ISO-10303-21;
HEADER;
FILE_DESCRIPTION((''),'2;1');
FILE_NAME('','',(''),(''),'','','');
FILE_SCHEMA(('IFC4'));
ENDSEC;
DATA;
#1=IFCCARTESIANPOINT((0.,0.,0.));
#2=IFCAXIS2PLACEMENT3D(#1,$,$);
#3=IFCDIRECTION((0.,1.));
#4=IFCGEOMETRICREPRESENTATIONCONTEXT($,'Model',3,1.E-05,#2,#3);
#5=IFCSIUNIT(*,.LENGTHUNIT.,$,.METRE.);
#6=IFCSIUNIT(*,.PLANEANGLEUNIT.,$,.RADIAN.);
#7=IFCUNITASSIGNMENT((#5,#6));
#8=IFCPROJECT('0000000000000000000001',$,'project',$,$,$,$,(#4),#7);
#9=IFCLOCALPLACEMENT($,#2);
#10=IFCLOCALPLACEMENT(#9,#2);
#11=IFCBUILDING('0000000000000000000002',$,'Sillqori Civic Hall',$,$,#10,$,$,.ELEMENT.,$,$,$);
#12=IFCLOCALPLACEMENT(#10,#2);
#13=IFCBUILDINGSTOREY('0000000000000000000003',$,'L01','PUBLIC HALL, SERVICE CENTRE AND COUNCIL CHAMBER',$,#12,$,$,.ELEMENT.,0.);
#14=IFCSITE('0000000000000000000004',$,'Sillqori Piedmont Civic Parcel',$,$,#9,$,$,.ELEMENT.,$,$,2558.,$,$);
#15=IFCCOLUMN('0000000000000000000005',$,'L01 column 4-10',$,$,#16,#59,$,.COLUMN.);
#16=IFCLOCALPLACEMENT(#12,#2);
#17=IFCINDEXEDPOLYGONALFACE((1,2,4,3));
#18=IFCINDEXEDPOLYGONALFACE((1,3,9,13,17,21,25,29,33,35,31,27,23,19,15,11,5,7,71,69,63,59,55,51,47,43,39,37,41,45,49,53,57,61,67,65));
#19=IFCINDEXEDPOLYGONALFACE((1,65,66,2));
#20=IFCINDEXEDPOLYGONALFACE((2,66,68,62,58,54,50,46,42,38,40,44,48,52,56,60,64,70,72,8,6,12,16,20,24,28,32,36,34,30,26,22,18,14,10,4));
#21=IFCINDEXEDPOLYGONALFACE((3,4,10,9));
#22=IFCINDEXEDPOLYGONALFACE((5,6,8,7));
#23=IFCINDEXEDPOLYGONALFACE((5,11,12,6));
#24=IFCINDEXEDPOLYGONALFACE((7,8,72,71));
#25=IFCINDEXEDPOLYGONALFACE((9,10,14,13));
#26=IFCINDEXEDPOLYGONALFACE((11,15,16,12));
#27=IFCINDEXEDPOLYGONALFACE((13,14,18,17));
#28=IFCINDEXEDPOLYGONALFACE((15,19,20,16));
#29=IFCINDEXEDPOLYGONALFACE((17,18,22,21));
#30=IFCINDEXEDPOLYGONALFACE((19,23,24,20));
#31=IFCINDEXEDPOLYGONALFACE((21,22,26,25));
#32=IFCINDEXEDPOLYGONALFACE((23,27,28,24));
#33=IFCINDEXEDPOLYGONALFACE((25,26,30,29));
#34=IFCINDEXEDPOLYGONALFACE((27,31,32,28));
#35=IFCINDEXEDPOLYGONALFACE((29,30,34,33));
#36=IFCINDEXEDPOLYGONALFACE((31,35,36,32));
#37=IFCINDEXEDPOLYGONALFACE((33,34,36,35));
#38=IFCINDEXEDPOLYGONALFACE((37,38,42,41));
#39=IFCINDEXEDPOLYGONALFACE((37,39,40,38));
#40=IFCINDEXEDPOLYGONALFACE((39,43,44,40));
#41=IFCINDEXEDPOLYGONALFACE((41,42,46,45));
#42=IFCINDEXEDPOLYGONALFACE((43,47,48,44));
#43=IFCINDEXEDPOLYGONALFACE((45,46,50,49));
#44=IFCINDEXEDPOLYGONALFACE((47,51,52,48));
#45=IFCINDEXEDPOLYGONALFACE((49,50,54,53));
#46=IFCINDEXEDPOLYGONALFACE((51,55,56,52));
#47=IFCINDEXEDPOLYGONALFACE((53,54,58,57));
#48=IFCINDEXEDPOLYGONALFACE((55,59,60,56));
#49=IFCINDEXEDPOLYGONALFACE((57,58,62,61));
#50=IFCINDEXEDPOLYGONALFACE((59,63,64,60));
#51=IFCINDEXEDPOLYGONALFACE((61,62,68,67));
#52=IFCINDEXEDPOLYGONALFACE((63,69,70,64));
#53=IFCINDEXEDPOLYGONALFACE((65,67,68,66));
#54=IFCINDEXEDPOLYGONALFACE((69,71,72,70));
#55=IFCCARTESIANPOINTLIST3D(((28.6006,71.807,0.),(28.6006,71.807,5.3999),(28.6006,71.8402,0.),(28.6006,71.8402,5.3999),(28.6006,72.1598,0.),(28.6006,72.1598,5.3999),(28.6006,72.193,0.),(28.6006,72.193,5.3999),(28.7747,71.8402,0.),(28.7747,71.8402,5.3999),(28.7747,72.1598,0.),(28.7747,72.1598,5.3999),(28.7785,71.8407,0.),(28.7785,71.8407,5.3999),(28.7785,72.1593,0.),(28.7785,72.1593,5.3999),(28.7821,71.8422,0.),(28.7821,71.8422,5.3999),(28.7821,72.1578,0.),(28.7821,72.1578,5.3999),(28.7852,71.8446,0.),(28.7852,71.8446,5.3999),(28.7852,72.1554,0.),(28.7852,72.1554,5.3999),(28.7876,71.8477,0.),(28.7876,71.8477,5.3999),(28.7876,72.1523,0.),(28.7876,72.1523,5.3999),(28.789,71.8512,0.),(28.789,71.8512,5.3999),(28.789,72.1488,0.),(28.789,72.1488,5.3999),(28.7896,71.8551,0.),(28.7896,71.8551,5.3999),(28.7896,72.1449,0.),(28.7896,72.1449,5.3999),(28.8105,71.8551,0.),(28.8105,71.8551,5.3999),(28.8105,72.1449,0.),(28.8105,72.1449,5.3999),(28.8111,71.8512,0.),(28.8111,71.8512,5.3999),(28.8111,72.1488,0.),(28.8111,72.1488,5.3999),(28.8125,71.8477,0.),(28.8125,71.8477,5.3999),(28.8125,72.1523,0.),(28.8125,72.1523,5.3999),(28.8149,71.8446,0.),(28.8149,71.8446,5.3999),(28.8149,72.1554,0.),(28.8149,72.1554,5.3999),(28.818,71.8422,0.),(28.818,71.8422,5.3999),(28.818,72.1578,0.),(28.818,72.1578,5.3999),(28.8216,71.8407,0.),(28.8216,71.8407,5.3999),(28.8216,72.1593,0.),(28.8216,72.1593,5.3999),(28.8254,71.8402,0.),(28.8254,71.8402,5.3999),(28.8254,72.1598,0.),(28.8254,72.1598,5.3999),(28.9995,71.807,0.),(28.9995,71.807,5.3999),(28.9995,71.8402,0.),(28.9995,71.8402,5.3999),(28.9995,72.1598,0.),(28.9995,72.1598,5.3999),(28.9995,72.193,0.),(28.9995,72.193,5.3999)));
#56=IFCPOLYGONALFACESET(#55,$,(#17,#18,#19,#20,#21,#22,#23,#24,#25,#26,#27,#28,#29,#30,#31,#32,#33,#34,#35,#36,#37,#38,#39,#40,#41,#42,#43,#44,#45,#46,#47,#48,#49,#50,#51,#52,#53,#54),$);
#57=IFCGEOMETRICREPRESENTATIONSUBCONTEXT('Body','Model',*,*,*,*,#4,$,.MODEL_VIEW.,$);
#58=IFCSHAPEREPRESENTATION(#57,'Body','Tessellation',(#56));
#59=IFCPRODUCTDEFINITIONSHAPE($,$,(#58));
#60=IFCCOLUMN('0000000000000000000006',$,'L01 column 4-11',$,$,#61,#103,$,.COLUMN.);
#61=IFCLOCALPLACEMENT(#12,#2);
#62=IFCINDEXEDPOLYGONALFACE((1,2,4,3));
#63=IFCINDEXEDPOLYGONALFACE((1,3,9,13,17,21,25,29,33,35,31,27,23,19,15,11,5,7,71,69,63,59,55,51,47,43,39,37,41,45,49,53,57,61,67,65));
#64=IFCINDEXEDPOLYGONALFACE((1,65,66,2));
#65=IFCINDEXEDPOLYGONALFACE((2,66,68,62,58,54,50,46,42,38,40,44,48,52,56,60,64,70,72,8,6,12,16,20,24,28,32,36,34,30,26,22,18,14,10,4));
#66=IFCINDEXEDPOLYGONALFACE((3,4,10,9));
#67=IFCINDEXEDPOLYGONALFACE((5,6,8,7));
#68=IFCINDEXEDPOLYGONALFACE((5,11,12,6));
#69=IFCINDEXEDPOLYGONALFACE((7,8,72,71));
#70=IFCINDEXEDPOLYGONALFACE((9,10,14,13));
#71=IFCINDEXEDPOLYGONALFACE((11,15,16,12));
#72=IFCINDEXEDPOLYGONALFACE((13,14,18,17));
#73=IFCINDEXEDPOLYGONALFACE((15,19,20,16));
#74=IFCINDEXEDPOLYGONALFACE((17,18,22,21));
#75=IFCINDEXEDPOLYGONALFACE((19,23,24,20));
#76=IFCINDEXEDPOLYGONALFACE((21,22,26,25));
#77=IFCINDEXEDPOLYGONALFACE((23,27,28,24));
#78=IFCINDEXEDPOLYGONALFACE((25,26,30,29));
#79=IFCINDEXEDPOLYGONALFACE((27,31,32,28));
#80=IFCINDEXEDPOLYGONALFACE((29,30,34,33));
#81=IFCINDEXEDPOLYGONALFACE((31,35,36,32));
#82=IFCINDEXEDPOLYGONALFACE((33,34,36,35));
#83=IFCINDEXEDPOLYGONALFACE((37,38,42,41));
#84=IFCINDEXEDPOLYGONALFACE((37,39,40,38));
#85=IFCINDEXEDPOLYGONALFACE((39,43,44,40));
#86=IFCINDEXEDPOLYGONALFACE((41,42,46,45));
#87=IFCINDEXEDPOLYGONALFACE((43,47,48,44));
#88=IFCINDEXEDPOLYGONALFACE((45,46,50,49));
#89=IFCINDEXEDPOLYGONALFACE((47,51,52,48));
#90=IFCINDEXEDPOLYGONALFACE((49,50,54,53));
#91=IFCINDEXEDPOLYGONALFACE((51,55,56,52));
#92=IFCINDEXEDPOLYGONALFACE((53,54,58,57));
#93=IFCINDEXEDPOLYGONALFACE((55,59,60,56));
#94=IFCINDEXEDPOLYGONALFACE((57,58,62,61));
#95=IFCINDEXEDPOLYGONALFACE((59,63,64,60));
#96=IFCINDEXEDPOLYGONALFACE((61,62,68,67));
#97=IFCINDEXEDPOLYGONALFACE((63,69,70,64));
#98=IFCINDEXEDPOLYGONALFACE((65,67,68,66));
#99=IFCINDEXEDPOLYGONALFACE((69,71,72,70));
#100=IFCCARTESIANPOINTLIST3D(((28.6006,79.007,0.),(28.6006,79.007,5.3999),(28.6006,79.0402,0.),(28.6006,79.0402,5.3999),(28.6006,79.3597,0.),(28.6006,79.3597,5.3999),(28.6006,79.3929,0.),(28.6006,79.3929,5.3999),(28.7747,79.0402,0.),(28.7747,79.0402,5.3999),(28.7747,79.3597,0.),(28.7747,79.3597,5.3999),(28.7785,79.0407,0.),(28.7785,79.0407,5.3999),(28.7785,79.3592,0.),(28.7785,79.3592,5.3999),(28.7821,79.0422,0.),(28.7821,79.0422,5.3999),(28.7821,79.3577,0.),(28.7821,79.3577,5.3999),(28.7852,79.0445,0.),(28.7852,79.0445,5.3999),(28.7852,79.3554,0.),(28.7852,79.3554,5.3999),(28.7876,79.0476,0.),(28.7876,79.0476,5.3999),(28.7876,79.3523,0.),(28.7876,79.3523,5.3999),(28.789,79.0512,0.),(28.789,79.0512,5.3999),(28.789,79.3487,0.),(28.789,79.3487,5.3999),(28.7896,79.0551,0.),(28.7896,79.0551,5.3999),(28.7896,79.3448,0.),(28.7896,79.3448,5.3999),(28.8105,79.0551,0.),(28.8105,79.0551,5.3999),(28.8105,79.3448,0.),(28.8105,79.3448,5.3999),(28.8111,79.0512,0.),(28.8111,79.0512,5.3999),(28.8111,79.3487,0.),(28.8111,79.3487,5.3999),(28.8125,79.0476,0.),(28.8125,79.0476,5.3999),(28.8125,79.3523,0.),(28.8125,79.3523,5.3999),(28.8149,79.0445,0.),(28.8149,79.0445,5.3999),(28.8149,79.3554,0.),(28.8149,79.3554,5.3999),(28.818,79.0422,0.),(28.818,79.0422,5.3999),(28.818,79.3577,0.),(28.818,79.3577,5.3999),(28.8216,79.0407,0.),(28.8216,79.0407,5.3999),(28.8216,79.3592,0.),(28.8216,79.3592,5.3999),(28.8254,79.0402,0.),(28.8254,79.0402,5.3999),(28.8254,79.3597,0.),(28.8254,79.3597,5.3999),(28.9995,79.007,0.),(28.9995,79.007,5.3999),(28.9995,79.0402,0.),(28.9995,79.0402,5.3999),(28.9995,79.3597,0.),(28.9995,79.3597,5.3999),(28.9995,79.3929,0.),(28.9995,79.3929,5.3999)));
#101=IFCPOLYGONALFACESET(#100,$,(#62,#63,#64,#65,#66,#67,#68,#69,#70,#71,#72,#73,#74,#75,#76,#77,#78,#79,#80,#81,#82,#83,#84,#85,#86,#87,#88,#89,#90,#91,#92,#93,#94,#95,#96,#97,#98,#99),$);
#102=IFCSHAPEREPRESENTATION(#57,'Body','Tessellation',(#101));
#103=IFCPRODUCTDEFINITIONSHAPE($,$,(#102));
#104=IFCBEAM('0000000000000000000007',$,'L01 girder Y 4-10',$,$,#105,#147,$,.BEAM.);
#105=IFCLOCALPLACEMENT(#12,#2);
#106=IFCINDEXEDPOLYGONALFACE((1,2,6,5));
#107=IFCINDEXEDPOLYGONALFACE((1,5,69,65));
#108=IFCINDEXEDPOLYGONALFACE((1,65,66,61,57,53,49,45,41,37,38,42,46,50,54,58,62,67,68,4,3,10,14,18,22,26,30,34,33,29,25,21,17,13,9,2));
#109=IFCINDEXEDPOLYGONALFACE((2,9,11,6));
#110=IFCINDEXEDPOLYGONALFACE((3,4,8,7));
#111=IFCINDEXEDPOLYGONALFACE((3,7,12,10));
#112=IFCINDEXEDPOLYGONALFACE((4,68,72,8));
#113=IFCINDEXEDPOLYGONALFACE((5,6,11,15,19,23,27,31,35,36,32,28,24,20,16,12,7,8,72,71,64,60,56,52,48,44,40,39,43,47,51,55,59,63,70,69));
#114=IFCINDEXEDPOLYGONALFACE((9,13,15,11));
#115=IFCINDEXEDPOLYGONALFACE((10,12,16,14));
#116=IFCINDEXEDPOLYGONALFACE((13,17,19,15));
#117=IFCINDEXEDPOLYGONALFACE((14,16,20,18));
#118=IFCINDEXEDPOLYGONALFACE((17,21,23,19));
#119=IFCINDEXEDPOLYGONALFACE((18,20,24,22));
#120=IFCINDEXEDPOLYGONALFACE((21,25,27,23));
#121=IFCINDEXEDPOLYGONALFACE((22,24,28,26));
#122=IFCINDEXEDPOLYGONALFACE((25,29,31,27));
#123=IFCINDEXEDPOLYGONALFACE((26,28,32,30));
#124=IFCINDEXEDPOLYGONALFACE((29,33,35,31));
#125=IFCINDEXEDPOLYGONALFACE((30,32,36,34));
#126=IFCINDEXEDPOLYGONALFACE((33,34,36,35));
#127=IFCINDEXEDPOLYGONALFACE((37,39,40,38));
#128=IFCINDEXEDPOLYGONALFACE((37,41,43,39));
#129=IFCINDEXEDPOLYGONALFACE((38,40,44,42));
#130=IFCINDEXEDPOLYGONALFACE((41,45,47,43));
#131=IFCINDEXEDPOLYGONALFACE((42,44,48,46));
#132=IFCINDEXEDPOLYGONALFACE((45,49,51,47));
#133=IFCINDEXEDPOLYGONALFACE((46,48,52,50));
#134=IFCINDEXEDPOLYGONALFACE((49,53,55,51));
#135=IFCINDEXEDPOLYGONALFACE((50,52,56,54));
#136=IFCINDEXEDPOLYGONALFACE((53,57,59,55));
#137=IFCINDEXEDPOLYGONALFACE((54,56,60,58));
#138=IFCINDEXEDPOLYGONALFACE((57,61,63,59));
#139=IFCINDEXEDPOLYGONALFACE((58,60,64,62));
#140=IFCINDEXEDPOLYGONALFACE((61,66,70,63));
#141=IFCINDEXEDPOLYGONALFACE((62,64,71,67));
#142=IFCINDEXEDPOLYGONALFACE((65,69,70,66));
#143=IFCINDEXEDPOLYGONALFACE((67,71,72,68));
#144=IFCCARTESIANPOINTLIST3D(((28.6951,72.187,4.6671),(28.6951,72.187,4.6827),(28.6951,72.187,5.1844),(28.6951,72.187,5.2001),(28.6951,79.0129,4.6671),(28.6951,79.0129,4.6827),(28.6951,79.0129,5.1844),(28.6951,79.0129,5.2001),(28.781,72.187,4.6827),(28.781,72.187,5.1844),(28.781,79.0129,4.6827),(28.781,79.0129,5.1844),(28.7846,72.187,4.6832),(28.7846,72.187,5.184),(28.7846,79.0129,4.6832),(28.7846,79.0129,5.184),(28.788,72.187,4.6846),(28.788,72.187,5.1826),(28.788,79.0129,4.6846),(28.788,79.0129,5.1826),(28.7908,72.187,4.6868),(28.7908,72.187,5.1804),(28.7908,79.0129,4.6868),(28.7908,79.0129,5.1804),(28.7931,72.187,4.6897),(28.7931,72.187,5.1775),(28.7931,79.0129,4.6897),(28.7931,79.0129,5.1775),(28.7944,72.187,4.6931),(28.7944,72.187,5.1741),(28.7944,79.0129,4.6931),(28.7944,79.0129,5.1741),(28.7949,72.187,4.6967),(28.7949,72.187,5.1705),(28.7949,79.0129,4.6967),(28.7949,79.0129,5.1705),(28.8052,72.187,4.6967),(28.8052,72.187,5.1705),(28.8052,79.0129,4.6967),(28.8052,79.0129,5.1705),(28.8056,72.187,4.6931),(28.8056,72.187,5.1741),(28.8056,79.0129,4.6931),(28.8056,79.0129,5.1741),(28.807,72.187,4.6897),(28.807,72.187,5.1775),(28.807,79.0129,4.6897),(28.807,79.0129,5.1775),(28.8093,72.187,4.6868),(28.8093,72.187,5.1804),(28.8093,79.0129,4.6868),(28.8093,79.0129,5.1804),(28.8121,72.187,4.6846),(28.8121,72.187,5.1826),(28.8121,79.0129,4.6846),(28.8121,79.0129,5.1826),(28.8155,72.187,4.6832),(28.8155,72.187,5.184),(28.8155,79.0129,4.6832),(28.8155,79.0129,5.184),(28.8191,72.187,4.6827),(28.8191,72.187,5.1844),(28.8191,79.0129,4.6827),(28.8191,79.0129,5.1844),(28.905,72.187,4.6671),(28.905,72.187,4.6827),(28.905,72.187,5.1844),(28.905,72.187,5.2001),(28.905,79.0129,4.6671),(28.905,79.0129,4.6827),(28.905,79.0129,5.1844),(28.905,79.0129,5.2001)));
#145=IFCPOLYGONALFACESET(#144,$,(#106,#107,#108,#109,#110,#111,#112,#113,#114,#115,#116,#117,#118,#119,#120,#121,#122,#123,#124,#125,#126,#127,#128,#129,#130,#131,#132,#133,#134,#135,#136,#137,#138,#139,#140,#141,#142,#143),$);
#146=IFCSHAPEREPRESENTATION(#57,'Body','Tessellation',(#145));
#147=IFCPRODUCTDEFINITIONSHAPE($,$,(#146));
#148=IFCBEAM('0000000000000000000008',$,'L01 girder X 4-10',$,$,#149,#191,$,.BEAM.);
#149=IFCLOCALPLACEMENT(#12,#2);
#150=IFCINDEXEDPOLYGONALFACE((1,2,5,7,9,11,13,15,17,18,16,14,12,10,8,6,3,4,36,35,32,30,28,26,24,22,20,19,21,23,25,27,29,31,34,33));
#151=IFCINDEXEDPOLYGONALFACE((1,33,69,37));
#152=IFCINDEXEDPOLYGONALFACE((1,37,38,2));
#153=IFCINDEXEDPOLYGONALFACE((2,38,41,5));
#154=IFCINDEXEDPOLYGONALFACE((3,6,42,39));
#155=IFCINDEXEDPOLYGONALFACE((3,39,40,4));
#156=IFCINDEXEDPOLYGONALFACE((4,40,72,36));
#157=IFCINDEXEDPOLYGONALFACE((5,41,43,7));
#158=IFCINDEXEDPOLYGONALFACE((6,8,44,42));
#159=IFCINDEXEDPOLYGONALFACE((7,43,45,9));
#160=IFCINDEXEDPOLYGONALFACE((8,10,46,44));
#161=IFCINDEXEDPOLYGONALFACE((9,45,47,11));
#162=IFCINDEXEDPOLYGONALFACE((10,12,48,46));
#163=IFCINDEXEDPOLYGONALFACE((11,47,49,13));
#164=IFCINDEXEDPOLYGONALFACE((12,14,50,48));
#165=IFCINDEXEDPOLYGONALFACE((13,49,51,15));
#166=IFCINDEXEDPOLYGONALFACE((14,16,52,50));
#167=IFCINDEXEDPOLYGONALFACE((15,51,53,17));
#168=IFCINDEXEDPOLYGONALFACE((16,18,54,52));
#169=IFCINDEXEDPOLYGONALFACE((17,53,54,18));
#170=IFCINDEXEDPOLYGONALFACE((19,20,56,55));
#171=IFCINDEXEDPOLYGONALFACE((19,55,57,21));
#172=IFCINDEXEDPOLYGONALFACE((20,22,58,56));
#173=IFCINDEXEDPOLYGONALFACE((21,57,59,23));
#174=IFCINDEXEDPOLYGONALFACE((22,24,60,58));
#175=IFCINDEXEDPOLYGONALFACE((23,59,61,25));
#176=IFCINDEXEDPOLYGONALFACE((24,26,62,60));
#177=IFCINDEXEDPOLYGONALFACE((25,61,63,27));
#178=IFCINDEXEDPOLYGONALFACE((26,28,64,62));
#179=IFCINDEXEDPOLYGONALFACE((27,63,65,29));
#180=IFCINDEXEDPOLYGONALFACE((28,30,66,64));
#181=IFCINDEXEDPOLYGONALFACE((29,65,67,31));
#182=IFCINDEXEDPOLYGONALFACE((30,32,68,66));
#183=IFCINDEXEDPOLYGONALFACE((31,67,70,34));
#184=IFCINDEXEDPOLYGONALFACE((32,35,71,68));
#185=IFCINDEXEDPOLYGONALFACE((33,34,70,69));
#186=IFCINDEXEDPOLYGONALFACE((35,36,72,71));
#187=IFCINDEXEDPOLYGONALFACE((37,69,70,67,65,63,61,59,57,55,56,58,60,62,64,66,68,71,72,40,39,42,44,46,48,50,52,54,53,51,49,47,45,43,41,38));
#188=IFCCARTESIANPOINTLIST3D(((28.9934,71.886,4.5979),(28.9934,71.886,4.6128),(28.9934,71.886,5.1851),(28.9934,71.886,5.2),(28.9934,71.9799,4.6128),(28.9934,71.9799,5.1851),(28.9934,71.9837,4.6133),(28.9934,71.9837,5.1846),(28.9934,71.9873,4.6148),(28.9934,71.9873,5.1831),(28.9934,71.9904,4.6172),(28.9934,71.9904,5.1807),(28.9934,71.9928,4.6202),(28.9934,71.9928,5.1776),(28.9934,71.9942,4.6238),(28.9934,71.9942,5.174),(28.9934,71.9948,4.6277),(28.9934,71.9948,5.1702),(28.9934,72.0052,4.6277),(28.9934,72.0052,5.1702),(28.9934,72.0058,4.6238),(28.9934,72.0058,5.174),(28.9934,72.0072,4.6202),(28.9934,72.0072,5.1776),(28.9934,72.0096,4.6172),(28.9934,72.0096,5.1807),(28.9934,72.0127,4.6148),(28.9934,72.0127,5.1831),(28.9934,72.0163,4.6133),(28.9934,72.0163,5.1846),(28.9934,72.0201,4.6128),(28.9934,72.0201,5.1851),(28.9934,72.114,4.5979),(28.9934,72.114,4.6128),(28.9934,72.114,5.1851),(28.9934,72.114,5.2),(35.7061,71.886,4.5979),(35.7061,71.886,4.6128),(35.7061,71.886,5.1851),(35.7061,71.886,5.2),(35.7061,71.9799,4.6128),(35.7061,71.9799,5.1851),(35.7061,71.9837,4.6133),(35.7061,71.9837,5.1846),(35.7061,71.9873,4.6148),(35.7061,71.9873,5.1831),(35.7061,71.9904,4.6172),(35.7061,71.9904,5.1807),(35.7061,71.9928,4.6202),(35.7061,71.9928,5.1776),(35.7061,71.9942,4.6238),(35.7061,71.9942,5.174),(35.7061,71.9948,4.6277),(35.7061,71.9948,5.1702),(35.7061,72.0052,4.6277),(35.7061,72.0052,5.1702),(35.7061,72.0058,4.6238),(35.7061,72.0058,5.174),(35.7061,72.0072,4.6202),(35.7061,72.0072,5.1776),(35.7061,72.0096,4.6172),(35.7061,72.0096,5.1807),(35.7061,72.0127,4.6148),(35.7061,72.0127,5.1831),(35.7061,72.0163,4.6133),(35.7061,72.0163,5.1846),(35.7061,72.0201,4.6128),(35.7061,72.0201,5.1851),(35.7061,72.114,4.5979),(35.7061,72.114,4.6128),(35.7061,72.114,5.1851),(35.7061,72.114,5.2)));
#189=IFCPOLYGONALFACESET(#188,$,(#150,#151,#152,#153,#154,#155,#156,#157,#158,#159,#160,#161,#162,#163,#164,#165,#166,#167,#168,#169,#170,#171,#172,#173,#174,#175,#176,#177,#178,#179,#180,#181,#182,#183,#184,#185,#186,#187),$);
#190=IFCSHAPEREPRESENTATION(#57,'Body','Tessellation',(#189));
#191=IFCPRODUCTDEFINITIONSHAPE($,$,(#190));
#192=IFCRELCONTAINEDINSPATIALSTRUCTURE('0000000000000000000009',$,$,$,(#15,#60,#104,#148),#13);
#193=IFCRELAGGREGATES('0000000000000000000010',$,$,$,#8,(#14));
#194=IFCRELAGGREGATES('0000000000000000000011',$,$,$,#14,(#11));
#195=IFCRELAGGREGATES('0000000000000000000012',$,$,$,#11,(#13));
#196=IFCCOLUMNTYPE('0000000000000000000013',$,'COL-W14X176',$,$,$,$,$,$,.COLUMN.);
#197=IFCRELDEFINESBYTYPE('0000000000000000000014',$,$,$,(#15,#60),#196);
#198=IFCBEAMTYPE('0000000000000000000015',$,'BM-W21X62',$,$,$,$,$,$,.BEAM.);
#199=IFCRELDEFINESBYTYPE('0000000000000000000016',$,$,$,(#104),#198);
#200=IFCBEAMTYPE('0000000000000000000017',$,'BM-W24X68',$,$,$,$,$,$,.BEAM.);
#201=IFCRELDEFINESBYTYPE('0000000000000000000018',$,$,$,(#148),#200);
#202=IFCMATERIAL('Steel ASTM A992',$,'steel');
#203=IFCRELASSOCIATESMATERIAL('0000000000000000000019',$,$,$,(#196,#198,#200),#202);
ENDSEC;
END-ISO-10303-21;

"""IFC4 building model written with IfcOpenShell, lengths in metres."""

from ifc_helpers import new_model, si_unit, direction, frame, origin, origin_2d, place, context, subcontext, project, spatial, i_section, extrude, material, material_profile, profile_set, type_object, element, save


model = new_model("IFC4")

# Units and contexts
model_context = context("Model", 3, precision=1e-05, world=origin(), true_north=direction((0.0, 1.0)))
body_context = subcontext(model_context, "Body", "Model", "MODEL_VIEW")
ifc_project = project(units=[si_unit("LENGTHUNIT", "METRE"), si_unit("PLANEANGLEUNIT", "RADIAN")], contexts=[model_context])

# Site, building, storey
site_placement = place(None, origin())
site = spatial("IfcSite", under=ifc_project, at=site_placement, Name="Sillqori Piedmont Civic Parcel", CompositionType="ELEMENT", RefElevation=2558.0)
building_placement = place(site_placement, origin())
building = spatial("IfcBuilding", under=site, at=building_placement, Name="Sillqori Civic Hall", CompositionType="ELEMENT")
storey_placement = place(building_placement, origin())
storey = spatial("IfcBuildingStorey", under=building, at=storey_placement, Name="L01", Description="PUBLIC HALL, SERVICE CENTRE AND COUNCIL CHAMBER", CompositionType="ELEMENT", Elevation=0.0)

# Columns
ifc_material = material(Name="Steel ASTM A992", Category="steel")
ifc_material_profile_1 = material_profile(ifc_material, i_section(OverallWidth=0.3989, OverallDepth=0.386, WebThickness=0.021, FlangeThickness=0.0332, FilletRadius=0.0149, at=origin_2d()), Name="W14X176")
ifc_profile_set_1 = profile_set([ifc_material_profile_1], Name="Steel ASTM A992")
column_type = type_object("IfcColumnType", Name="COL-W14X176", PredefinedType="COLUMN", material=ifc_profile_set_1)
for number, where, z_axis, x_axis, name in (
    (1, (28.8, 72.0, 0.0), (0.0, 0.0, 1.0), (1.0, 0.0, 0.0), "L01 column 4-10"),
    (2, (28.8, 79.2, 0.0), (0.0, 0.0, 1.0), (1.0, 0.0, 0.0), "L01 column 4-11"),
):
    element("IfcColumn", number, at=place(storey_placement, frame(where, z_axis=z_axis, x_axis=x_axis)), inside=storey, type_object=column_type, Name=name, PredefinedType="COLUMN", context=body_context, shape_type="SweptSolid", body=[
        extrude(i_section(OverallWidth=0.3989, OverallDepth=0.386, WebThickness=0.021, FlangeThickness=0.0332, FilletRadius=0.0149, at=origin_2d()), origin(), (0.0, 0.0, 1.0), 5.3999),
    ])

# Beams
ifc_material_profile_2 = material_profile(ifc_material, i_section(OverallWidth=0.21, OverallDepth=0.533, WebThickness=0.0103, FlangeThickness=0.0156, FilletRadius=0.0139, at=origin_2d()), Name="W21X62")
ifc_profile_set_2 = profile_set([ifc_material_profile_2], Name="Steel ASTM A992")
beam_type_1 = type_object("IfcBeamType", Name="BM-W21X62", PredefinedType="BEAM", material=ifc_profile_set_2)
beam_placement = place(storey_placement, frame((28.8, 72.187, 4.9336), z_axis=(0.0, 1.0, 0.0), x_axis=(-1.0, 0.0, 0.0)))
element("IfcBeam", 3, at=beam_placement, inside=storey, type_object=beam_type_1, Name="L01 girder Y 4-10", PredefinedType="BEAM", context=body_context, shape_type="SweptSolid", body=[
    extrude(i_section(OverallWidth=0.21, OverallDepth=0.533, WebThickness=0.0103, FlangeThickness=0.0156, FilletRadius=0.0139, at=origin_2d()), origin(), (0.0, 0.0, 1.0), 6.8259),
])
ifc_material_profile_3 = material_profile(ifc_material, i_section(OverallWidth=0.228, OverallDepth=0.6021, WebThickness=0.0105, FlangeThickness=0.0149, FilletRadius=0.0149, at=origin_2d()), Name="W24X68")
ifc_profile_set_3 = profile_set([ifc_material_profile_3], Name="Steel ASTM A992")
beam_type_2 = type_object("IfcBeamType", Name="BM-W24X68", PredefinedType="BEAM", material=ifc_profile_set_3)
for number, where, z_axis, x_axis, name in (
    (4, (28.9934, 72.0, 4.8989), (1.0, 0.0, 0.0), (0.0, 1.0, 0.0), "L01 girder X 4-10"),
):
    element("IfcBeam", number, at=place(storey_placement, frame(where, z_axis=z_axis, x_axis=x_axis)), inside=storey, type_object=beam_type_2, Name=name, PredefinedType="BEAM", context=body_context, shape_type="SweptSolid", body=[
        extrude(i_section(OverallWidth=0.228, OverallDepth=0.6021, WebThickness=0.0105, FlangeThickness=0.0149, FilletRadius=0.0149, at=origin_2d()), origin(), (0.0, 0.0, 1.0), 6.7126),
    ])

save(model, "model.ifc")
